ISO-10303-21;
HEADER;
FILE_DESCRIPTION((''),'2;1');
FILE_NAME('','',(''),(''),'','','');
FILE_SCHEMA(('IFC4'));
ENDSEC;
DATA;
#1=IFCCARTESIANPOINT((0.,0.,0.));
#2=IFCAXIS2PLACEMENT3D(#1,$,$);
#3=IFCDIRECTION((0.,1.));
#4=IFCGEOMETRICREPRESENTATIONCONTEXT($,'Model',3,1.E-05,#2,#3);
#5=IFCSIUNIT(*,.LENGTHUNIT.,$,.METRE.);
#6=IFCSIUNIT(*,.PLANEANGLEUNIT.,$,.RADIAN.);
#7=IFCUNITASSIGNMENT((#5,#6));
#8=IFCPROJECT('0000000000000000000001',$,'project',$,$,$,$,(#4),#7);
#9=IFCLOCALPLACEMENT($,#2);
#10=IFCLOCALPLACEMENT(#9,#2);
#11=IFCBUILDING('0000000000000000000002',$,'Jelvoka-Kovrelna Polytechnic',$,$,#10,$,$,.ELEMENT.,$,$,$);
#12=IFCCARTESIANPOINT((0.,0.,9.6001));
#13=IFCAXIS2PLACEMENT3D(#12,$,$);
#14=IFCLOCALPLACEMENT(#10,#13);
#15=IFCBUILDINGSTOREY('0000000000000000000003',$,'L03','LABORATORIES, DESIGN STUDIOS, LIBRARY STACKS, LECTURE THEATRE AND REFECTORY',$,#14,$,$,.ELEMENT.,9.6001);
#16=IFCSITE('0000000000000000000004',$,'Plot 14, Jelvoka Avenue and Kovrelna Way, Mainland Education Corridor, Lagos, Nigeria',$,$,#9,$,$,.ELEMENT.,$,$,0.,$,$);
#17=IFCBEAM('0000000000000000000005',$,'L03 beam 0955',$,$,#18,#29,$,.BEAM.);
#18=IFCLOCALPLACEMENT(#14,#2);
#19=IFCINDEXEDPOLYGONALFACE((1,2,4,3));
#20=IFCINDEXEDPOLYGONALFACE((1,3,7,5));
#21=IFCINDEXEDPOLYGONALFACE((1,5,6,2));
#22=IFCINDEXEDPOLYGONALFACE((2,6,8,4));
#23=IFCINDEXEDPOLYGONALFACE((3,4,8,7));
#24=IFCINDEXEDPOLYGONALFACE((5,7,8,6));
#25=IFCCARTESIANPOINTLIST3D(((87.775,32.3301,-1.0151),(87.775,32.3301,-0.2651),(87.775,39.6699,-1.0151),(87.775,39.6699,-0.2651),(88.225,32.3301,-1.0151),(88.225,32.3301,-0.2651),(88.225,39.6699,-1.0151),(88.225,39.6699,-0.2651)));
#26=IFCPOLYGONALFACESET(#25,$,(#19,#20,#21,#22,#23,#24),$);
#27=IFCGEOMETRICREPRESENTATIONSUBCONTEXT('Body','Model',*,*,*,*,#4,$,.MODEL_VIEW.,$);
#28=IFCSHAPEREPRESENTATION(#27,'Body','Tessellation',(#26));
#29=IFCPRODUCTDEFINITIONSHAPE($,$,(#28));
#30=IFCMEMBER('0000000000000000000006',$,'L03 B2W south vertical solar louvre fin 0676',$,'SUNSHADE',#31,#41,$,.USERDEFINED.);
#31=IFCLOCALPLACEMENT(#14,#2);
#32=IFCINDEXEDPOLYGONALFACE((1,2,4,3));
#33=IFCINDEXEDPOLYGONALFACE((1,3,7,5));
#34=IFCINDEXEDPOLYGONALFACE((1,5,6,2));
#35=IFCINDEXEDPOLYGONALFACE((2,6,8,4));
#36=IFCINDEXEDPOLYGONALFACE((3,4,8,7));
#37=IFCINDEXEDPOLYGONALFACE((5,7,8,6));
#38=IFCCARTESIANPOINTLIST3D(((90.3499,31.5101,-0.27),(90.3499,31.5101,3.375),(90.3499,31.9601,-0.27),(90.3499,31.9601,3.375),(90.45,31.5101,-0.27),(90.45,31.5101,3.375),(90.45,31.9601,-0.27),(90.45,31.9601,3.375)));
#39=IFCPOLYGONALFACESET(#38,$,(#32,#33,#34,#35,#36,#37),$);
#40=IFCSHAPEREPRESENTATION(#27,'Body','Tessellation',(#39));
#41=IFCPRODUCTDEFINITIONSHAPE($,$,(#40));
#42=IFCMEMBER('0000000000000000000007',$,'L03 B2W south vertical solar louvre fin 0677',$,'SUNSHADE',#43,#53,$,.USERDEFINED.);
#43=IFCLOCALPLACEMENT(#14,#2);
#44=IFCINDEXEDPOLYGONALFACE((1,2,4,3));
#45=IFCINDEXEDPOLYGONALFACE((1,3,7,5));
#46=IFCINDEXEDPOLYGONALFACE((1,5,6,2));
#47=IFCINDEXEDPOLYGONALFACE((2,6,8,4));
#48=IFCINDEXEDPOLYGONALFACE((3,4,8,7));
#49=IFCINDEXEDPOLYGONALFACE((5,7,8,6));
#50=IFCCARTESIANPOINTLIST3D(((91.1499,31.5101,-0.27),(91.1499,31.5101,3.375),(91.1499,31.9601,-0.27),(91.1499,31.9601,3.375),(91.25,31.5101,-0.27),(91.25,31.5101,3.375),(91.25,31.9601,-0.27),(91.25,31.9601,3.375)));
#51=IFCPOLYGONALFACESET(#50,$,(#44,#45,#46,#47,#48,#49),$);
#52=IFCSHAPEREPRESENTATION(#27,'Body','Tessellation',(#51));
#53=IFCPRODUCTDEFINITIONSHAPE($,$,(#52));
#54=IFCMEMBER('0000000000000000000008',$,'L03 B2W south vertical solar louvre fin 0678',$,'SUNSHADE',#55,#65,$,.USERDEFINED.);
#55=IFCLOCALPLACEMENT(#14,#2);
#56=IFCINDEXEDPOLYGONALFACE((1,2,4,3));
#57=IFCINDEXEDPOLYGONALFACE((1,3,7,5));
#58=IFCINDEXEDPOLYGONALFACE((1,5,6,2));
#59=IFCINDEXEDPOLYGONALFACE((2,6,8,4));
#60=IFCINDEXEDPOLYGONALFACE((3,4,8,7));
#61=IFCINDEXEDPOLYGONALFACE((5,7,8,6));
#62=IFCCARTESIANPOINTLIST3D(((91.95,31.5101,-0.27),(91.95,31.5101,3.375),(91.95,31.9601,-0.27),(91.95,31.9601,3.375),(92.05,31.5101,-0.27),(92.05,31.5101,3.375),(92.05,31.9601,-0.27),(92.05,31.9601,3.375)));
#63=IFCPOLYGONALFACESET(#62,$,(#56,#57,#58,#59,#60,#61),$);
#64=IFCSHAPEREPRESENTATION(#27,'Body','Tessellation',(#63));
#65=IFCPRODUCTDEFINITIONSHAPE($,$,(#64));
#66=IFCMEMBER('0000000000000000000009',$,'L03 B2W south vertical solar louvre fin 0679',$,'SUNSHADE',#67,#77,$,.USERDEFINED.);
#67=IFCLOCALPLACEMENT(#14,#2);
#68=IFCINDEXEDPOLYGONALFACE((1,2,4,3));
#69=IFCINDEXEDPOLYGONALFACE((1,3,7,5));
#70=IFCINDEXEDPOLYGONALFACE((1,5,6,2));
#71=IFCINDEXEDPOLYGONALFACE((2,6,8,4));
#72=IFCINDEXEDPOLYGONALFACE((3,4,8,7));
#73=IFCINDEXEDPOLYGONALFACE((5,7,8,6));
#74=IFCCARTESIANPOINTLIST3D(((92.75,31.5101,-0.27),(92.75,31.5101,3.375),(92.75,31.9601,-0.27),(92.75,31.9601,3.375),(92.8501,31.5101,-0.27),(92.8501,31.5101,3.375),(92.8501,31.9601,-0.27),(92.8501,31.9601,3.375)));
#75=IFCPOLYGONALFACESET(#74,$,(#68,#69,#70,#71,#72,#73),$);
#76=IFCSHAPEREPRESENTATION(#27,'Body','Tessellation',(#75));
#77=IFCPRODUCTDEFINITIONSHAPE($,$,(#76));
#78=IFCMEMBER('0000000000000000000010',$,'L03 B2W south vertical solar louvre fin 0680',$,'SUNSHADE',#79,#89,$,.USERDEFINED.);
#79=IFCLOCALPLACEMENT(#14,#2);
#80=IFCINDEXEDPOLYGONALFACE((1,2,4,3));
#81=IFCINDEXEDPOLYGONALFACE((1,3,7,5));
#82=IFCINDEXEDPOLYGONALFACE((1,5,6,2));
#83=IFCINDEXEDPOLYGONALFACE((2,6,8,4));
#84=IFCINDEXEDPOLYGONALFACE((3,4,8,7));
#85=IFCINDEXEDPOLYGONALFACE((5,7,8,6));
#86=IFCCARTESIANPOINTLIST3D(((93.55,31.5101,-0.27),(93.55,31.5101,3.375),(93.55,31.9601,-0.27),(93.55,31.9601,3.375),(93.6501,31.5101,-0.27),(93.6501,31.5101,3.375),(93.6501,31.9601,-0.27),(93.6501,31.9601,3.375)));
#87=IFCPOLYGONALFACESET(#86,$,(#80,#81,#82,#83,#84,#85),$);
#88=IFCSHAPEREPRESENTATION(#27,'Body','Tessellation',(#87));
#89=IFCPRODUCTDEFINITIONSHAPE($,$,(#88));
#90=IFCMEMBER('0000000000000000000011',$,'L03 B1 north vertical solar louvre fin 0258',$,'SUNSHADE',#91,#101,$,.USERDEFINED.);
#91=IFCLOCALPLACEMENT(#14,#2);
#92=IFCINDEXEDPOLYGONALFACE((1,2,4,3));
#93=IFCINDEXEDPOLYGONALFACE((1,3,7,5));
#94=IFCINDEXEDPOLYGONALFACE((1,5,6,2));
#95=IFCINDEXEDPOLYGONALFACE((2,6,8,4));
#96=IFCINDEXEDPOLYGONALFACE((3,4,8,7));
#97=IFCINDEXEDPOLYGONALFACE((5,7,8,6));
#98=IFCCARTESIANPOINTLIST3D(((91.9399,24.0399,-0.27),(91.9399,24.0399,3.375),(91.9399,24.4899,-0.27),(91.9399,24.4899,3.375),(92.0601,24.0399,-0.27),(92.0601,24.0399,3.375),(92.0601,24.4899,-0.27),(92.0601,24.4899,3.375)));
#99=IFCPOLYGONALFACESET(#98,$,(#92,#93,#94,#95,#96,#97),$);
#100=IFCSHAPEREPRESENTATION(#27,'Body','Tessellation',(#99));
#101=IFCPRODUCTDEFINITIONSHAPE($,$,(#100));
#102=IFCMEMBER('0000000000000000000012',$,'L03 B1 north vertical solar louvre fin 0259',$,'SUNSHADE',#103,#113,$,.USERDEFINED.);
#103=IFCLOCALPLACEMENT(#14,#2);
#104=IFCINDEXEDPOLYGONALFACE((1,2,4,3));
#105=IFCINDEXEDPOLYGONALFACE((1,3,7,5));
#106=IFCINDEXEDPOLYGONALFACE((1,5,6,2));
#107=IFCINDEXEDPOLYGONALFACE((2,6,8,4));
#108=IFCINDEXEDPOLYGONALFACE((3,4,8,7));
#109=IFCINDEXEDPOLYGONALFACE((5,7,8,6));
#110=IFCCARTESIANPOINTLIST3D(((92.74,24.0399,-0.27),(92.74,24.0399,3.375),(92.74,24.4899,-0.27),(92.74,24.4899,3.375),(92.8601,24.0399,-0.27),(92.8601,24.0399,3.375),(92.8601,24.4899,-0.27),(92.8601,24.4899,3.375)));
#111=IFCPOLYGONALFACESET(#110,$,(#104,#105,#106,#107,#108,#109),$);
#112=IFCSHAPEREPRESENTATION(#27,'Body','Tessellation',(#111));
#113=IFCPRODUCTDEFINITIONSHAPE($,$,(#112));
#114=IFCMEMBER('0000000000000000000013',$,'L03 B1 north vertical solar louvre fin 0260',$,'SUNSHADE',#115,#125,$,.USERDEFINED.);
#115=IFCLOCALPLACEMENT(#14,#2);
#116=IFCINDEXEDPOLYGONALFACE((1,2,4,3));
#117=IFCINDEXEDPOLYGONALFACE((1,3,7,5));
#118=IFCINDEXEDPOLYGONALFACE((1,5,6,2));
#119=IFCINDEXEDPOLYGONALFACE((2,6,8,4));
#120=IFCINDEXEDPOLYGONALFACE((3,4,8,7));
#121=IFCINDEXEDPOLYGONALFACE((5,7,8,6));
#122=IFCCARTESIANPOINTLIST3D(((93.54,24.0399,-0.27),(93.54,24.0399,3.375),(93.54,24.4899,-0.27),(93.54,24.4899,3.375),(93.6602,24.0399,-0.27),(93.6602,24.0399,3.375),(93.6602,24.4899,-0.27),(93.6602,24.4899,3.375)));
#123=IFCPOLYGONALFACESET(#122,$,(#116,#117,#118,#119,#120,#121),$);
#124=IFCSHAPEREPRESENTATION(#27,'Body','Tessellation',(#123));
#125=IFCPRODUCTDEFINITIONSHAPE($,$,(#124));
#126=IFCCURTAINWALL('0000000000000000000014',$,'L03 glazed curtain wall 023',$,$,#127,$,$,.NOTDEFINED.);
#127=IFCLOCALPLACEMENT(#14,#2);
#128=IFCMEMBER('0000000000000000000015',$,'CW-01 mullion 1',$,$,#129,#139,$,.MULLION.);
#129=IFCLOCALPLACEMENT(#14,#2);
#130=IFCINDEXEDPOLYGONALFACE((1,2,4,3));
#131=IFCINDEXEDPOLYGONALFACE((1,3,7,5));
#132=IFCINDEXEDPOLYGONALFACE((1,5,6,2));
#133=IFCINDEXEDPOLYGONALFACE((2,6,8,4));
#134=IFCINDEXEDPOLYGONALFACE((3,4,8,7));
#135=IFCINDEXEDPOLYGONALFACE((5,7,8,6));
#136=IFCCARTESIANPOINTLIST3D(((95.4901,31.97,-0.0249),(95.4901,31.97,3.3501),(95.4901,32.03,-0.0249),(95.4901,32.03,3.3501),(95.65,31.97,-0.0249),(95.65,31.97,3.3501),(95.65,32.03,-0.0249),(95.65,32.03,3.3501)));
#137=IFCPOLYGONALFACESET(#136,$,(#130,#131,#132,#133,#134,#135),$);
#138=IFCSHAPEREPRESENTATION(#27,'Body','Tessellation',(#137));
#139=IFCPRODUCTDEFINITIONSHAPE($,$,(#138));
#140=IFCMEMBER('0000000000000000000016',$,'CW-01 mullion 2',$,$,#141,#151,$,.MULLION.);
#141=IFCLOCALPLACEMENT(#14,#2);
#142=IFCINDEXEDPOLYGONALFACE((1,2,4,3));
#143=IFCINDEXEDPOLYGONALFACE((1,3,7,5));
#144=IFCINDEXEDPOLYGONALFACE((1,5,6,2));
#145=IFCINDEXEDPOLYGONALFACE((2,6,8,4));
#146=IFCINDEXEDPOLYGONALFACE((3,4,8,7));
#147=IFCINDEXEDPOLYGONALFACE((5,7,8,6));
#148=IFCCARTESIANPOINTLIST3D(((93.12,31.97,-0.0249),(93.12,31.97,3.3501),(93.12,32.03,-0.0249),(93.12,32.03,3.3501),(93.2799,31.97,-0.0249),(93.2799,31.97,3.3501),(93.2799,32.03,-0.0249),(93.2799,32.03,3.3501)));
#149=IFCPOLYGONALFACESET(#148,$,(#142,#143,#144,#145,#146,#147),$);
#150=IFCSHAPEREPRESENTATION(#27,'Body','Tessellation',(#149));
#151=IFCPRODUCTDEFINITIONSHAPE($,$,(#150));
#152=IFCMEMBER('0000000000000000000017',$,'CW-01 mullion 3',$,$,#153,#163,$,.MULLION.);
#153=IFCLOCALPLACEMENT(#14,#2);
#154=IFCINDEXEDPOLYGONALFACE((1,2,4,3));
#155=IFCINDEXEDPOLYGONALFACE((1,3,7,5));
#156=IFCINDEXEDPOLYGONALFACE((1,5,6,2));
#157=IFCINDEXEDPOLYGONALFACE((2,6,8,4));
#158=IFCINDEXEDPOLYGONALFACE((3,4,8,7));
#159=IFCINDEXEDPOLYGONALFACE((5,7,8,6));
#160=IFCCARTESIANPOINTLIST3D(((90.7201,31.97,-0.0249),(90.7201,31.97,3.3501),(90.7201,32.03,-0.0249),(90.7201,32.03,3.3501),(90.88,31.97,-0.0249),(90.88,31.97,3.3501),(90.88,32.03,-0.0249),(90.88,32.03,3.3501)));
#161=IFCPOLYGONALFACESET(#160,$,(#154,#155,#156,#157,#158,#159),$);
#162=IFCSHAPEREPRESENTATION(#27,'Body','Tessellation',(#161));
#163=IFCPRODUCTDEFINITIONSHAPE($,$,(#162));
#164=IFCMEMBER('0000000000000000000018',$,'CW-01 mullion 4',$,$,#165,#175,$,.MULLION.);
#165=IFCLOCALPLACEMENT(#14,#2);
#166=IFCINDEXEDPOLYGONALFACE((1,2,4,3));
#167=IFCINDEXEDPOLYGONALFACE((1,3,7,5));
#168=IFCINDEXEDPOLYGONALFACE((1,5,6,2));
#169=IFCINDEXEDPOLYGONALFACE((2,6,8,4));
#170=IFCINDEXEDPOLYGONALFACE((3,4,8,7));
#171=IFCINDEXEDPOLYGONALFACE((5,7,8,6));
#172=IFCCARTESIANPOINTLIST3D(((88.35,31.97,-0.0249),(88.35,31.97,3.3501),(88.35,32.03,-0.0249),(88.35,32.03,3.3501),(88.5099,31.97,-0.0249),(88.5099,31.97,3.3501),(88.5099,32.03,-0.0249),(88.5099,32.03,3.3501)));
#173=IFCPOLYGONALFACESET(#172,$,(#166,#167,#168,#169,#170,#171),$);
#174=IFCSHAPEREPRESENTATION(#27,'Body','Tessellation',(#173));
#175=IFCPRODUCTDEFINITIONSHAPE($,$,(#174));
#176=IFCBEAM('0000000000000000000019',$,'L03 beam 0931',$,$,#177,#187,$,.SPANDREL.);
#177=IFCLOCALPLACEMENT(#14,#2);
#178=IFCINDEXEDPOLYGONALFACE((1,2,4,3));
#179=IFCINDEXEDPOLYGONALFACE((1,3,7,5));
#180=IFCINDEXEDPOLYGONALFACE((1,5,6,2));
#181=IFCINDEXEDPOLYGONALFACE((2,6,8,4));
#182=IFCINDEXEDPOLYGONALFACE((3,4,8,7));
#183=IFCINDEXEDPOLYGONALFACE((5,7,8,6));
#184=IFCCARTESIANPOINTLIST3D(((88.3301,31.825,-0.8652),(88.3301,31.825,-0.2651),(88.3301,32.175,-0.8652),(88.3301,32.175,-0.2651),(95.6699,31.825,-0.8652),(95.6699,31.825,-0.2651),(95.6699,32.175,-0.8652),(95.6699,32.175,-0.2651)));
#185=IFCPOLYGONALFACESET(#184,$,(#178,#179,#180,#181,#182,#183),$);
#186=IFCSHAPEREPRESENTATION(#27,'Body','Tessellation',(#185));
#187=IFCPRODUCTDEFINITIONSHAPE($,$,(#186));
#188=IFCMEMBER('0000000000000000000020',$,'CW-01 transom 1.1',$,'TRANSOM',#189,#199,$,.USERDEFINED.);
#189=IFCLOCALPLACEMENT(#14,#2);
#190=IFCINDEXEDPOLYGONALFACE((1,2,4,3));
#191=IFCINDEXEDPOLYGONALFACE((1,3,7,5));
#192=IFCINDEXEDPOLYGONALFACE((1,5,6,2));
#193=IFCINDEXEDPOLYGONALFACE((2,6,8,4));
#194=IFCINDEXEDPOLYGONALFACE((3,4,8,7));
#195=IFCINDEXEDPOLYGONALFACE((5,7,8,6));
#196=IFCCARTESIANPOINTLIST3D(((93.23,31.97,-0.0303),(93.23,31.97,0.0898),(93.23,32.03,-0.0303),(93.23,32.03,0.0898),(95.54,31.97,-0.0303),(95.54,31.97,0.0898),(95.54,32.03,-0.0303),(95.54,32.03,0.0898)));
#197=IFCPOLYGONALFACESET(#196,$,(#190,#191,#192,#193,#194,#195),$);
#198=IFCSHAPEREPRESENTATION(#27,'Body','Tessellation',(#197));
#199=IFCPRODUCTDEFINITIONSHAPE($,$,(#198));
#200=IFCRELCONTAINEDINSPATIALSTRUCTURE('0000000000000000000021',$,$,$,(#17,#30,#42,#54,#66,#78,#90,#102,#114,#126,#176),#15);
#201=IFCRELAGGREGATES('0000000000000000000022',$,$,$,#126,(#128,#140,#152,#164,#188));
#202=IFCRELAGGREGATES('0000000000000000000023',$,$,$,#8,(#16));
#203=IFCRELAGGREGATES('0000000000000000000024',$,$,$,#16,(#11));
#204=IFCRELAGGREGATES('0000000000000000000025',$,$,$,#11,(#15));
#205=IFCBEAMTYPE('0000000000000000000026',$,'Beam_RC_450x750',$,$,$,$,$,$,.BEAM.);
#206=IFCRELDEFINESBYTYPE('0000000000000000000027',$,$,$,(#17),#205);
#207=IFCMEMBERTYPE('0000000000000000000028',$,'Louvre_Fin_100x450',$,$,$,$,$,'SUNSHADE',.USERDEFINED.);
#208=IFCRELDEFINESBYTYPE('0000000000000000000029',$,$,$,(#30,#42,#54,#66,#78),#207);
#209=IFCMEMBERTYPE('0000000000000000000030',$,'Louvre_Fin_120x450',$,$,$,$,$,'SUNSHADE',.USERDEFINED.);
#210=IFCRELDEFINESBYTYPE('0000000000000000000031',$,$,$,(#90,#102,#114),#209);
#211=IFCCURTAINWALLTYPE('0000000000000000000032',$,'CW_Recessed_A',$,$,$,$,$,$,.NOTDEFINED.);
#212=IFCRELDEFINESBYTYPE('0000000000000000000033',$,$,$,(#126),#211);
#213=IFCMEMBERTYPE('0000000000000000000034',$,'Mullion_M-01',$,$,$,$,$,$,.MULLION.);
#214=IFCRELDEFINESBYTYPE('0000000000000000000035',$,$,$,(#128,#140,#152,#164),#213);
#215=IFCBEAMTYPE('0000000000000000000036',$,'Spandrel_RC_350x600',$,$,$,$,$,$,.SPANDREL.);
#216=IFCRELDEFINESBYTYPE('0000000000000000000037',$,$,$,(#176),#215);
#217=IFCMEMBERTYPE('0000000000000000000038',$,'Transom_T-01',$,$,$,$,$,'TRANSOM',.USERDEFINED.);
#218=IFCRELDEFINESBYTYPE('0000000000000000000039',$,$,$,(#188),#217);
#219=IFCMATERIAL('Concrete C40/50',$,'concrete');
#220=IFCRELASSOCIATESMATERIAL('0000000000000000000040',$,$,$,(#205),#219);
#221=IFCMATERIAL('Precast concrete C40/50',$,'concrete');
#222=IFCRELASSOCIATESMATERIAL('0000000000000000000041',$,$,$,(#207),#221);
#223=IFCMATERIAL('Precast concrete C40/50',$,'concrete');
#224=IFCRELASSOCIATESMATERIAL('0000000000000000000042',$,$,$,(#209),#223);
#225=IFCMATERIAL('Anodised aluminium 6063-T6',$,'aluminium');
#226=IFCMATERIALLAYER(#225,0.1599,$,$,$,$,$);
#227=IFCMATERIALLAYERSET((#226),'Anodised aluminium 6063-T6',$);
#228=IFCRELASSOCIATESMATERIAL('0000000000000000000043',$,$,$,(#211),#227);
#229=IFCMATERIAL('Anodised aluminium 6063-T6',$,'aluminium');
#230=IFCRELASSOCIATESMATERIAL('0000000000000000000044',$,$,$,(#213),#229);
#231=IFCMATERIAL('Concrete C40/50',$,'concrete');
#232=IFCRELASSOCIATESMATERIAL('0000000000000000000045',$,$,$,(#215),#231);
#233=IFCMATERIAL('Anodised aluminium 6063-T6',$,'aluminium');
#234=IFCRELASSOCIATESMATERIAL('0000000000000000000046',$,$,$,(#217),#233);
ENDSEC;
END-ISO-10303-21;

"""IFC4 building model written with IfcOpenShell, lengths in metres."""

from ifc_helpers import new_model, si_unit, direction, frame, origin, origin_2d, place, context, subcontext, project, spatial, rectangle, extrude, material, layer, layer_set, material_profile, profile_set, type_object, element, aggregate, save


model = new_model("IFC4")

# Units and contexts
model_context = context("Model", 3, precision=1e-05, world=origin(), true_north=direction((0.0, 1.0)))
body_context = subcontext(model_context, "Body", "Model", "MODEL_VIEW")
ifc_project = project(units=[si_unit("LENGTHUNIT", "METRE"), si_unit("PLANEANGLEUNIT", "RADIAN")], contexts=[model_context])

# Site, building, storey
site_placement = place(None, origin())
site = spatial("IfcSite", under=ifc_project, at=site_placement, Name="Plot 14, Jelvoka Avenue and Kovrelna Way, Mainland Education Corridor, Lagos, Nigeria", CompositionType="ELEMENT", RefElevation=0.0)
building_placement = place(site_placement, origin())
building = spatial("IfcBuilding", under=site, at=building_placement, Name="Jelvoka-Kovrelna Polytechnic", CompositionType="ELEMENT")
storey_placement = place(building_placement, frame((0.0, 0.0, 9.6001)))
storey = spatial("IfcBuildingStorey", under=building, at=storey_placement, Name="L03", Description="LABORATORIES, DESIGN STUDIOS, LIBRARY STACKS, LECTURE THEATRE AND REFECTORY", CompositionType="ELEMENT", Elevation=9.6001)

# Beam
ifc_material_1 = material(Name="Concrete C40/50", Category="concrete")
ifc_material_profile_1 = material_profile(ifc_material_1, rectangle(XDim=0.45, YDim=0.75, at=origin_2d()), Name="RC 450x750")
ifc_profile_set_1 = profile_set([ifc_material_profile_1], Name="Concrete C40/50")
beam_type_1 = type_object("IfcBeamType", Name="Beam_RC_450x750", PredefinedType="BEAM", material=ifc_profile_set_1)
beam_1_placement = place(storey_placement, frame((88.0, 32.3301, -0.6401), z_axis=(0.0, 1.0, 0.0), x_axis=(-1.0, 0.0, 0.0)))
element("IfcBeam", 1, at=beam_1_placement, inside=storey, type_object=beam_type_1, Name="L03 beam 0955", PredefinedType="BEAM", context=body_context, shape_type="SweptSolid", body=[
    extrude(rectangle(XDim=0.45, YDim=0.75, at=origin_2d()), origin(), (0.0, 0.0, 1.0), 7.3398),
])

# Members
ifc_material_2 = material(Name="Precast concrete C40/50", Category="concrete")
ifc_material_profile_2 = material_profile(ifc_material_2, rectangle(XDim=0.1001, YDim=0.45, at=origin_2d()), Name="PC 100x450")
ifc_profile_set_2 = profile_set([ifc_material_profile_2], Name="Precast concrete C40/50")
member_type_1 = type_object("IfcMemberType", Name="Louvre_Fin_100x450", ElementType="SUNSHADE", PredefinedType="USERDEFINED", material=ifc_profile_set_2)
for number, where, z_axis, x_axis, name in (
    (2, (90.3999, 31.7351, -0.27), (0.0, 0.0, 1.0), (1.0, 0.0, 0.0), "L03 B2W south vertical solar louvre fin 0676"),
    (3, (91.2, 31.7351, -0.27), (0.0, 0.0, 1.0), (1.0, 0.0, 0.0), "L03 B2W south vertical solar louvre fin 0677"),
    (4, (92.0, 31.7351, -0.27), (0.0, 0.0, 1.0), (1.0, 0.0, 0.0), "L03 B2W south vertical solar louvre fin 0678"),
    (5, (92.8, 31.7351, -0.27), (0.0, 0.0, 1.0), (1.0, 0.0, 0.0), "L03 B2W south vertical solar louvre fin 0679"),
    (6, (93.6001, 31.7351, -0.27), (0.0, 0.0, 1.0), (1.0, 0.0, 0.0), "L03 B2W south vertical solar louvre fin 0680"),
):
    element("IfcMember", number, at=place(storey_placement, frame(where, z_axis=z_axis, x_axis=x_axis)), inside=storey, type_object=member_type_1, Name=name, ObjectType="SUNSHADE", PredefinedType="USERDEFINED", context=body_context, shape_type="SweptSolid", body=[
        extrude(rectangle(XDim=0.1001, YDim=0.45, at=origin_2d()), origin(), (0.0, 0.0, 1.0), 3.645),
    ])
ifc_material_3 = material(Name="Precast concrete C40/50", Category="concrete")
ifc_material_profile_3 = material_profile(ifc_material_3, rectangle(XDim=0.1201, YDim=0.45, at=origin_2d()), Name="PC 120x450")
ifc_profile_set_3 = profile_set([ifc_material_profile_3], Name="Precast concrete C40/50")
member_type_2 = type_object("IfcMemberType", Name="Louvre_Fin_120x450", ElementType="SUNSHADE", PredefinedType="USERDEFINED", material=ifc_profile_set_3)
for number, where, z_axis, x_axis, name in (
    (7, (92.0, 24.2649, -0.27), (0.0, 0.0, 1.0), (1.0, 0.0, 0.0), "L03 B1 north vertical solar louvre fin 0258"),
    (8, (92.8, 24.2649, -0.27), (0.0, 0.0, 1.0), (1.0, 0.0, 0.0), "L03 B1 north vertical solar louvre fin 0259"),
    (9, (93.6001, 24.2649, -0.27), (0.0, 0.0, 1.0), (1.0, 0.0, 0.0), "L03 B1 north vertical solar louvre fin 0260"),
):
    element("IfcMember", number, at=place(storey_placement, frame(where, z_axis=z_axis, x_axis=x_axis)), inside=storey, type_object=member_type_2, Name=name, ObjectType="SUNSHADE", PredefinedType="USERDEFINED", context=body_context, shape_type="SweptSolid", body=[
        extrude(rectangle(XDim=0.1201, YDim=0.45, at=origin_2d()), origin(), (0.0, 0.0, 1.0), 3.645),
    ])

# Curtain wall, members
ifc_material_4 = material(Name="Anodised aluminium 6063-T6", Category="aluminium")
ifc_layer_1 = layer(ifc_material_4, 0.1599)
ifc_layer_set_1 = layer_set([ifc_layer_1], Name="Anodised aluminium 6063-T6")
curtain_wall_type = type_object("IfcCurtainWallType", Name="CW_Recessed_A", PredefinedType="NOTDEFINED", material=ifc_layer_set_1)
curtain_wall_placement = place(storey_placement, origin())
curtain_wall = element("IfcCurtainWall", 10, at=curtain_wall_placement, inside=storey, type_object=curtain_wall_type, Name="L03 glazed curtain wall 023", PredefinedType="NOTDEFINED")
ifc_material_5 = material(Name="Anodised aluminium 6063-T6", Category="aluminium")
ifc_material_profile_4 = material_profile(ifc_material_5, rectangle(XDim=0.0601, YDim=0.1599, at=origin_2d()), Name="ALU 60x160")
ifc_profile_set_4 = profile_set([ifc_material_profile_4], Name="Anodised aluminium 6063-T6")
member_type_3 = type_object("IfcMemberType", Name="Mullion_M-01", PredefinedType="MULLION", material=ifc_profile_set_4)
member_1_placement = place(storey_placement, frame((95.5701, 32.0, -0.0249), z_axis=(0.0, 0.0, 1.0), x_axis=(0.0, -1.0, 0.0)))
member_1 = element("IfcMember", 11, at=member_1_placement, type_object=member_type_3, Name="CW-01 mullion 1", PredefinedType="MULLION", context=body_context, shape_type="SweptSolid", body=[
    extrude(rectangle(XDim=0.0601, YDim=0.1599, at=origin_2d()), origin(), (0.0, 0.0, 1.0), 3.375),
])
member_2_placement = place(storey_placement, frame((93.2, 32.0, -0.0249), z_axis=(0.0, 0.0, 1.0), x_axis=(0.0, -1.0, 0.0)))
member_2 = element("IfcMember", 12, at=member_2_placement, type_object=member_type_3, Name="CW-01 mullion 2", PredefinedType="MULLION", context=body_context, shape_type="SweptSolid", body=[
    extrude(rectangle(XDim=0.0601, YDim=0.1599, at=origin_2d()), origin(), (0.0, 0.0, 1.0), 3.375),
])
member_3_placement = place(storey_placement, frame((90.8, 32.0, -0.0249), z_axis=(0.0, 0.0, 1.0), x_axis=(0.0, -1.0, 0.0)))
member_3 = element("IfcMember", 13, at=member_3_placement, type_object=member_type_3, Name="CW-01 mullion 3", PredefinedType="MULLION", context=body_context, shape_type="SweptSolid", body=[
    extrude(rectangle(XDim=0.0601, YDim=0.1599, at=origin_2d()), origin(), (0.0, 0.0, 1.0), 3.375),
])
member_4_placement = place(storey_placement, frame((88.4299, 32.0, -0.0249), z_axis=(0.0, 0.0, 1.0), x_axis=(0.0, -1.0, 0.0)))
member_4 = element("IfcMember", 14, at=member_4_placement, type_object=member_type_3, Name="CW-01 mullion 4", PredefinedType="MULLION", context=body_context, shape_type="SweptSolid", body=[
    extrude(rectangle(XDim=0.0601, YDim=0.1599, at=origin_2d()), origin(), (0.0, 0.0, 1.0), 3.375),
])

# Beam
ifc_material_6 = material(Name="Concrete C40/50", Category="concrete")
ifc_material_profile_5 = material_profile(ifc_material_6, rectangle(XDim=0.3501, YDim=0.6001, at=origin_2d()), Name="RC 350x600")
ifc_profile_set_5 = profile_set([ifc_material_profile_5], Name="Concrete C40/50")
beam_type_2 = type_object("IfcBeamType", Name="Spandrel_RC_350x600", PredefinedType="SPANDREL", material=ifc_profile_set_5)
beam_2_placement = place(storey_placement, frame((88.3301, 32.0, -0.5652), z_axis=(1.0, 0.0, 0.0), x_axis=(0.0, 1.0, 0.0)))
element("IfcBeam", 15, at=beam_2_placement, inside=storey, type_object=beam_type_2, Name="L03 beam 0931", PredefinedType="SPANDREL", context=body_context, shape_type="SweptSolid", body=[
    extrude(rectangle(XDim=0.3501, YDim=0.6001, at=origin_2d()), origin(), (0.0, 0.0, 1.0), 7.3398),
])

# Member
ifc_material_7 = material(Name="Anodised aluminium 6063-T6", Category="aluminium")
ifc_material_profile_6 = material_profile(ifc_material_7, rectangle(XDim=0.0601, YDim=0.1201, at=origin_2d()), Name="ALU 60x120")
ifc_profile_set_6 = profile_set([ifc_material_profile_6], Name="Anodised aluminium 6063-T6")
member_type_4 = type_object("IfcMemberType", Name="Transom_T-01", ElementType="TRANSOM", PredefinedType="USERDEFINED", material=ifc_profile_set_6)
member_5_placement = place(storey_placement, frame((95.54, 32.0, 0.0298), z_axis=(-1.0, 0.0, 0.0), x_axis=(0.0, -1.0, 0.0)))
member_5 = element("IfcMember", 16, at=member_5_placement, type_object=member_type_4, Name="CW-01 transom 1.1", ObjectType="TRANSOM", PredefinedType="USERDEFINED", context=body_context, shape_type="SweptSolid", body=[
    extrude(rectangle(XDim=0.0601, YDim=0.1201, at=origin_2d()), origin(), (0.0, 0.0, 1.0), 2.3101),
])

aggregate(curtain_wall, [member_1, member_2, member_3, member_4, member_5])

save(model, "model.ifc")
